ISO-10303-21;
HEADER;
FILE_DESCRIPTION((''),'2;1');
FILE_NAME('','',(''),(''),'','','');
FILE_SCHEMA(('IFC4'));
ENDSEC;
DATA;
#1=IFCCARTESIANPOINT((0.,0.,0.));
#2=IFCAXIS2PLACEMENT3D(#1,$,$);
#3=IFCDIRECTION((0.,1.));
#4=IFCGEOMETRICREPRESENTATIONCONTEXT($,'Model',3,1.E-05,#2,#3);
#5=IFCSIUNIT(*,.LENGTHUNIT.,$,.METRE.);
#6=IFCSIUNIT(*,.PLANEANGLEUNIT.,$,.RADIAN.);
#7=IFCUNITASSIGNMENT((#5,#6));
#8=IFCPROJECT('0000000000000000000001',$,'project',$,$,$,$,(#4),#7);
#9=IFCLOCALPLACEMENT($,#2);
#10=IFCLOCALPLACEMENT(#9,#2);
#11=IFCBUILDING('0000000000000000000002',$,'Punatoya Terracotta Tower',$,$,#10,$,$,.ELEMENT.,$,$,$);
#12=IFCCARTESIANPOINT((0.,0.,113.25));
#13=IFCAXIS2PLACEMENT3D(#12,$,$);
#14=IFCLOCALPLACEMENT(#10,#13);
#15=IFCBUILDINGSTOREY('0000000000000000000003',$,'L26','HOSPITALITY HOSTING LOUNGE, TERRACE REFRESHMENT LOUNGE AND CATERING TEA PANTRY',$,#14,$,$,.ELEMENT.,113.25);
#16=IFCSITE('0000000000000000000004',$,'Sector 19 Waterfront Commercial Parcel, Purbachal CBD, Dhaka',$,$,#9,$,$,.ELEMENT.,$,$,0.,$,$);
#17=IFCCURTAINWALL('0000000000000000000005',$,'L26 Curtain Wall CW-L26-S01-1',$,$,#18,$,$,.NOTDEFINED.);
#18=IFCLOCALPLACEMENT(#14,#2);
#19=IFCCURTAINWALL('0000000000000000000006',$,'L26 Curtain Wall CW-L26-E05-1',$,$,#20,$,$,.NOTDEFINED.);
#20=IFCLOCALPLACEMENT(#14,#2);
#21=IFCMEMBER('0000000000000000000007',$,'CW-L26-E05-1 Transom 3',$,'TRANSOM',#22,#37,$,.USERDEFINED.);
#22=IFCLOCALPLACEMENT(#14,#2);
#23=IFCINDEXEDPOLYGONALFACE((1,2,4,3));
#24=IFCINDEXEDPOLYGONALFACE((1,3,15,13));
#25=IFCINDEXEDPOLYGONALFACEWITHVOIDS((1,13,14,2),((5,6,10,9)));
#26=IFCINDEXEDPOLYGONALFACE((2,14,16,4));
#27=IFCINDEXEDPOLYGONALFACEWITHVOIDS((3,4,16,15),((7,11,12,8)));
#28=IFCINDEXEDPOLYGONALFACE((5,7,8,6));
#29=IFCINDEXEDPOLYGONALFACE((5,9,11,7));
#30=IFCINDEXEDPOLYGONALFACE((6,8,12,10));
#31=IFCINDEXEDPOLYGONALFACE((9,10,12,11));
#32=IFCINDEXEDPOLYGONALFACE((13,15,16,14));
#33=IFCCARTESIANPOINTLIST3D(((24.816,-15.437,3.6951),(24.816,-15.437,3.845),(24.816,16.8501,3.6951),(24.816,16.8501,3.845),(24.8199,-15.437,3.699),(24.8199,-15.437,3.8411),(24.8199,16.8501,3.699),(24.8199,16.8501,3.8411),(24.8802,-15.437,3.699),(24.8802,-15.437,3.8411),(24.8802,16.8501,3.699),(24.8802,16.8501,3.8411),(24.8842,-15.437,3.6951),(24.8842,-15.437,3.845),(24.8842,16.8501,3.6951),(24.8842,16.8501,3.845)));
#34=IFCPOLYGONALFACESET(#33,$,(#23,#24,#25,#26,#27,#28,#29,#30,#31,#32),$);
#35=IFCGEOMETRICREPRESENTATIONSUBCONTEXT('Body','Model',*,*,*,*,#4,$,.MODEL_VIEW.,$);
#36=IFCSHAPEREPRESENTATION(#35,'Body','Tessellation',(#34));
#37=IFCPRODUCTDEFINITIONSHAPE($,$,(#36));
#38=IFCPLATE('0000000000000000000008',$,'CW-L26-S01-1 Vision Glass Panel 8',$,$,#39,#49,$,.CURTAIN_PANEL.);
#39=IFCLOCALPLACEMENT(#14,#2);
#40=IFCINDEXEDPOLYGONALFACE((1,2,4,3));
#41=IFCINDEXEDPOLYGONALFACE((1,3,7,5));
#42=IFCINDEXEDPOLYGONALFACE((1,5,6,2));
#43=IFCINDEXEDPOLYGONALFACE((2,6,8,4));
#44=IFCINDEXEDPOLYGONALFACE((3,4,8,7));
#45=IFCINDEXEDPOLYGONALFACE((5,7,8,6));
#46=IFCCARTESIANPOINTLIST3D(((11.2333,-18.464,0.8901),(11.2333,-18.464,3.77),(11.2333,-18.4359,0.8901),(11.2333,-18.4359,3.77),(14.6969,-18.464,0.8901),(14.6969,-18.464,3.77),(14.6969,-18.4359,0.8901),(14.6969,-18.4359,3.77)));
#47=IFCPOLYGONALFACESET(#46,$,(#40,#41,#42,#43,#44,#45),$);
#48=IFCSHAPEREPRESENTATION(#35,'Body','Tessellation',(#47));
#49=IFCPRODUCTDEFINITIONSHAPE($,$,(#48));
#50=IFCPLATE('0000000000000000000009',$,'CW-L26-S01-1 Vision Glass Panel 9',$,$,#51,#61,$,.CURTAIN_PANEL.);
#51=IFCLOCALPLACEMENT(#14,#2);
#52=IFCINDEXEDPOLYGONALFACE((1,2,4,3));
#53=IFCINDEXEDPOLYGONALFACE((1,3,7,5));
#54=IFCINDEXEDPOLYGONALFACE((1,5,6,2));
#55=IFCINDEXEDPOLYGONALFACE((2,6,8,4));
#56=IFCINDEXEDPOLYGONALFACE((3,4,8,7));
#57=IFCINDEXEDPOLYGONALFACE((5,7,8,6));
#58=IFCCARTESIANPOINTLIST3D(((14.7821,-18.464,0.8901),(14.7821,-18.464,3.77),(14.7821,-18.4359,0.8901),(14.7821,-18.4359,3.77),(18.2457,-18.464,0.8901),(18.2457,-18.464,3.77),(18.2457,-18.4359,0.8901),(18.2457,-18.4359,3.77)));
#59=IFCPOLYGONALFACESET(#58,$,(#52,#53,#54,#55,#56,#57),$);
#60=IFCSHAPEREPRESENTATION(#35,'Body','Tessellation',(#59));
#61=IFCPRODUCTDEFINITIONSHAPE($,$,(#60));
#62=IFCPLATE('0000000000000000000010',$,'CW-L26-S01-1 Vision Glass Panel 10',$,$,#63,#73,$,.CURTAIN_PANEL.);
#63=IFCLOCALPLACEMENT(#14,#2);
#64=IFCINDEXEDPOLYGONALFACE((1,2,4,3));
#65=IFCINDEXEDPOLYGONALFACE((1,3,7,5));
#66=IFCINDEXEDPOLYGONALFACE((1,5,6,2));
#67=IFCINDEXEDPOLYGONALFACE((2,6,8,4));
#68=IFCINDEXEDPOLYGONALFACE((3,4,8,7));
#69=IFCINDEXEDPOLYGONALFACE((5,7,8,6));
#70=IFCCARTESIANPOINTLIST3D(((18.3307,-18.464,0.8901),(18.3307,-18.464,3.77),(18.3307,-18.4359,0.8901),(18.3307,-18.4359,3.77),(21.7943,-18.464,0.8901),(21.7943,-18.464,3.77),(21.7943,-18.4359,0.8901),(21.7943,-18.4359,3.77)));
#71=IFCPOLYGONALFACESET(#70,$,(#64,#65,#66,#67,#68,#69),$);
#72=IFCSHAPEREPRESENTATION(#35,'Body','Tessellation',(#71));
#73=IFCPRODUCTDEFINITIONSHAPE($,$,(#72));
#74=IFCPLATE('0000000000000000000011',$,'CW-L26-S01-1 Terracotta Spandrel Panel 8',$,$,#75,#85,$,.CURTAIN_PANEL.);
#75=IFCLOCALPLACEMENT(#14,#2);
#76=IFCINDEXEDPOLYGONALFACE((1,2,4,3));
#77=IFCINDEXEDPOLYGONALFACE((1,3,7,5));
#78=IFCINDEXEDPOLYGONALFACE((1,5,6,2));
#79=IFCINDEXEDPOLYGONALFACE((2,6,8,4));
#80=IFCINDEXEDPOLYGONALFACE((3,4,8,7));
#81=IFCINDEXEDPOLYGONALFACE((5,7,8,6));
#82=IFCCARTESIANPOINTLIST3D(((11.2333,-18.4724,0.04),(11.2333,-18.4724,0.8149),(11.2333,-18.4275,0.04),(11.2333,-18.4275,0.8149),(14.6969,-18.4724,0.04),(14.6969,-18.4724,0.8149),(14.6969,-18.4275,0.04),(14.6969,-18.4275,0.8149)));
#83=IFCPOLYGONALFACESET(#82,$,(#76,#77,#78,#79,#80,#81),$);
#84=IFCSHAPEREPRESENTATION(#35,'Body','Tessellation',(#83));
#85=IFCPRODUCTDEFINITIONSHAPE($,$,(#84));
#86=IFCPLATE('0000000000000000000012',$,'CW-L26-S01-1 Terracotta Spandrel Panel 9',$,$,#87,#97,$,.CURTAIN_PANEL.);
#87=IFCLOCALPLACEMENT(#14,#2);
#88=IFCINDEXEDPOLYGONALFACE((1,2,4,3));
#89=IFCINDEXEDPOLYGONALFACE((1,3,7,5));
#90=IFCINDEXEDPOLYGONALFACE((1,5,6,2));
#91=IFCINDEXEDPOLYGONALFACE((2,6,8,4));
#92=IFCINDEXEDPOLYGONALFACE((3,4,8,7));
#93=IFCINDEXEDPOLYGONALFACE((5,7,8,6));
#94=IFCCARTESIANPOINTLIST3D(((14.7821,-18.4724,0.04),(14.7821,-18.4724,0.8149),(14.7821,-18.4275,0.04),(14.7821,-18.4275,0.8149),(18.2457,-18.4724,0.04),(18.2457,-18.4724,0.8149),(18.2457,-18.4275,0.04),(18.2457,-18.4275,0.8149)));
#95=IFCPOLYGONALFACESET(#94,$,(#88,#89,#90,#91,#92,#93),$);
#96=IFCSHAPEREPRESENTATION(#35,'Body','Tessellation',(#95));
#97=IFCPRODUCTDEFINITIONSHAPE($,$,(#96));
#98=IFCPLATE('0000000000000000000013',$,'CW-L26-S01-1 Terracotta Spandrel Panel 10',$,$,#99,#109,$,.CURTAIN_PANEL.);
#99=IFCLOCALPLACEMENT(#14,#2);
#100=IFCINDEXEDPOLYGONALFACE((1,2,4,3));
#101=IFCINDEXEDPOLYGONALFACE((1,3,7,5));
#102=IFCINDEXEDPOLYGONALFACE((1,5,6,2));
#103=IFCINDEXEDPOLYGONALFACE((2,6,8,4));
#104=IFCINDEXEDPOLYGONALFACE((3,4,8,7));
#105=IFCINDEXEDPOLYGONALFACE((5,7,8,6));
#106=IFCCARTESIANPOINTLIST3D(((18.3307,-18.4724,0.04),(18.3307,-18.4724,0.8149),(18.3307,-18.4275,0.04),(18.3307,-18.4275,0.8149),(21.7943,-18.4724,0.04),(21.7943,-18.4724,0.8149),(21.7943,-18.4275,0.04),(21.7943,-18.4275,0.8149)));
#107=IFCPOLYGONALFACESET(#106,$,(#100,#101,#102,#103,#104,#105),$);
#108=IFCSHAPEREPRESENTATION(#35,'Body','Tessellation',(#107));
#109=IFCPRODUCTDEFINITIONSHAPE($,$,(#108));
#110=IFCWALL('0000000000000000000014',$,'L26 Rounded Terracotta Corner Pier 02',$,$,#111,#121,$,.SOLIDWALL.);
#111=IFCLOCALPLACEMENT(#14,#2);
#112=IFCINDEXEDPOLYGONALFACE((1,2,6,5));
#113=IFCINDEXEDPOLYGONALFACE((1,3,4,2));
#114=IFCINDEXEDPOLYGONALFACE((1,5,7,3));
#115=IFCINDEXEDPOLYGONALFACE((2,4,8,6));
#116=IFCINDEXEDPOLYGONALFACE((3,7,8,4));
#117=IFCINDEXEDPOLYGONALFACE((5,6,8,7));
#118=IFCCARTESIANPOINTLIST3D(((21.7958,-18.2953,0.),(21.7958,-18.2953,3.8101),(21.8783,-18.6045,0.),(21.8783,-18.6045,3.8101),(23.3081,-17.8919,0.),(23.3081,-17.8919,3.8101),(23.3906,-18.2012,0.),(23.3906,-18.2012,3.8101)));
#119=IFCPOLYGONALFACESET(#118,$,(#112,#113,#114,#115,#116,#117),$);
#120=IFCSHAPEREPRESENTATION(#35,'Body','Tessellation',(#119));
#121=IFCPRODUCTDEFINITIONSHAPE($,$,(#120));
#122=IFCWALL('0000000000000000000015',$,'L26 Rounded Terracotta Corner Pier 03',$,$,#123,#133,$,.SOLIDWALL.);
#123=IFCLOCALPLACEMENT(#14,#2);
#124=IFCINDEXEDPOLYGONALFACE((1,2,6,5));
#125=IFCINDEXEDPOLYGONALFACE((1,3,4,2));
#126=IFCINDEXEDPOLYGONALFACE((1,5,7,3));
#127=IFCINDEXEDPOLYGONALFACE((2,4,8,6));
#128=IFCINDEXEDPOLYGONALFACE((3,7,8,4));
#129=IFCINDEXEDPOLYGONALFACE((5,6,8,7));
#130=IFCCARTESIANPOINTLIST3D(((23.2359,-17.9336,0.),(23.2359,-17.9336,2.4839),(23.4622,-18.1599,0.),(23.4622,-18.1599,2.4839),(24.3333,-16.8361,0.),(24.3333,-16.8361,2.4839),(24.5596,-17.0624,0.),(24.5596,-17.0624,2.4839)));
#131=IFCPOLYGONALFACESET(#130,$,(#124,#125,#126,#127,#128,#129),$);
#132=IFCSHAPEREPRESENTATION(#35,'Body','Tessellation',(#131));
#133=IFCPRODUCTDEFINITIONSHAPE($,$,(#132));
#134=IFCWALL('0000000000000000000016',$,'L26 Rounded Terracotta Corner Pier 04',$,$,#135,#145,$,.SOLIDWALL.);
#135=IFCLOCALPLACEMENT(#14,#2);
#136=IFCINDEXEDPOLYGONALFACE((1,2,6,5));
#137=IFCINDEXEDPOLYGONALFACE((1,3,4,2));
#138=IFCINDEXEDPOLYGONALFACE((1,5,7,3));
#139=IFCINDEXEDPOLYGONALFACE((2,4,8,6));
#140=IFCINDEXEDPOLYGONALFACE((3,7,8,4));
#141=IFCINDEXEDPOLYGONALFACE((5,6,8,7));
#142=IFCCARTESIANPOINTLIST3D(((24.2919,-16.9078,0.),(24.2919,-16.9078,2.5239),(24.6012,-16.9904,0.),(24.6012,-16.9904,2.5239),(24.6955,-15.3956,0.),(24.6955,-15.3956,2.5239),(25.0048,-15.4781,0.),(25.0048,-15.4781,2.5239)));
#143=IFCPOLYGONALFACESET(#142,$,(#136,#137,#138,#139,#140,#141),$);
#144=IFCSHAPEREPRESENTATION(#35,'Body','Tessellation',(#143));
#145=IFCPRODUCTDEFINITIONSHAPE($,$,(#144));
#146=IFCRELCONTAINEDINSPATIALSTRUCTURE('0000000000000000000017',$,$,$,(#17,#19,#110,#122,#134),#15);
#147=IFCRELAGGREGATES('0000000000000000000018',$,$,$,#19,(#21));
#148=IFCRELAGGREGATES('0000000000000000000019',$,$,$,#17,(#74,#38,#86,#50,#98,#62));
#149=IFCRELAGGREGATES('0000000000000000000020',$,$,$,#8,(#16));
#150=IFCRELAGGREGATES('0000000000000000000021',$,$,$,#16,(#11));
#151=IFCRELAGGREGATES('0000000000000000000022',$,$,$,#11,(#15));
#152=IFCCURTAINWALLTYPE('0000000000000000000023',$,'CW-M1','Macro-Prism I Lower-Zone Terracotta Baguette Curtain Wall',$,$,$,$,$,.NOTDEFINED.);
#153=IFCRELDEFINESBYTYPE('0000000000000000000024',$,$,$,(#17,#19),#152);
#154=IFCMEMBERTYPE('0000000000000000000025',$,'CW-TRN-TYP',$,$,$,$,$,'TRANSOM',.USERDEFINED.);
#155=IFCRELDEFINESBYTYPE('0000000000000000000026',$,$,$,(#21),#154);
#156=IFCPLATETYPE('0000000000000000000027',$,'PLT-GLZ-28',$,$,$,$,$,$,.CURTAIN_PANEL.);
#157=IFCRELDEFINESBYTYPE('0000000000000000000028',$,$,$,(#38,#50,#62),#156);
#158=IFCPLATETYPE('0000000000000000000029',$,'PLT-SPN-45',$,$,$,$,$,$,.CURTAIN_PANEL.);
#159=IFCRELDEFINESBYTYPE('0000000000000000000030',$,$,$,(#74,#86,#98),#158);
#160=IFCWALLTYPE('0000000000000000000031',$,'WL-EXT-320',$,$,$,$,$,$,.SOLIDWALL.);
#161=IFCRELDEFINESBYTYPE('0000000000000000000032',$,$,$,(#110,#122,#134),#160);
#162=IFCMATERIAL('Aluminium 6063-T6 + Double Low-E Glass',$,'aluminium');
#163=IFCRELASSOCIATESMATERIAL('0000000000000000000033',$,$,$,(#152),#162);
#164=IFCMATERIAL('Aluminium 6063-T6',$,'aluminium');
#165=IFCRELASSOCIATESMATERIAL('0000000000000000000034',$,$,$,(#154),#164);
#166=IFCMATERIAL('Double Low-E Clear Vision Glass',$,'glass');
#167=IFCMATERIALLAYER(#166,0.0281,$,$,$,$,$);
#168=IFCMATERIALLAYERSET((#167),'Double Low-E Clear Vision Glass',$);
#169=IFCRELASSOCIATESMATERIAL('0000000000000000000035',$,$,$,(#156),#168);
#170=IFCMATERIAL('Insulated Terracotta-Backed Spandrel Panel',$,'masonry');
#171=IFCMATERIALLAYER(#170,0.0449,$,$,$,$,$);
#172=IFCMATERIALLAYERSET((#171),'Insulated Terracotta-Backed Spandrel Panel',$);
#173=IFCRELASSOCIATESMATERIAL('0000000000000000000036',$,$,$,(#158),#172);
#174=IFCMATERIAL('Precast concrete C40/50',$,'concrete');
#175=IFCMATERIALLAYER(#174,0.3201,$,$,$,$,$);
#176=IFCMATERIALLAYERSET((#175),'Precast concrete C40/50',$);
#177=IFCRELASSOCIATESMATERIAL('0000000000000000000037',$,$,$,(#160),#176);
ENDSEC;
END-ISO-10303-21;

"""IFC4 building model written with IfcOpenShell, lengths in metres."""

from ifc_helpers import new_model, si_unit, direction, frame, frame_2d, origin, origin_2d, place, context, subcontext, project, spatial, rectangle, hollow_rectangle, extrude, material, layer, layer_set, material_profile, profile_set, type_object, element, aggregate, save


model = new_model("IFC4")

# Units and contexts
model_context = context("Model", 3, precision=1e-05, world=origin(), true_north=direction((0.0, 1.0)))
body_context = subcontext(model_context, "Body", "Model", "MODEL_VIEW")
ifc_project = project(units=[si_unit("LENGTHUNIT", "METRE"), si_unit("PLANEANGLEUNIT", "RADIAN")], contexts=[model_context])

# Site, building, storey
site_placement = place(None, origin())
site = spatial("IfcSite", under=ifc_project, at=site_placement, Name="Sector 19 Waterfront Commercial Parcel, Purbachal CBD, Dhaka", CompositionType="ELEMENT", RefElevation=0.0)
building_placement = place(site_placement, origin())
building = spatial("IfcBuilding", under=site, at=building_placement, Name="Punatoya Terracotta Tower", CompositionType="ELEMENT")
storey_placement = place(building_placement, frame((0.0, 0.0, 113.25)))
storey = spatial("IfcBuildingStorey", under=building, at=storey_placement, Name="L26", Description="HOSPITALITY HOSTING LOUNGE, TERRACE REFRESHMENT LOUNGE AND CATERING TEA PANTRY", CompositionType="ELEMENT", Elevation=113.25)

# Curtain walls, member
ifc_material_1 = material(Name="Aluminium 6063-T6 + Double Low-E Glass", Category="aluminium")
curtain_wall_type = type_object("IfcCurtainWallType", Name="CW-M1", Description="Macro-Prism I Lower-Zone Terracotta Baguette Curtain Wall", PredefinedType="NOTDEFINED", material=ifc_material_1)
curtain_wall_1_placement = place(storey_placement, origin())
curtain_wall_1 = element("IfcCurtainWall", 1, at=curtain_wall_1_placement, inside=storey, type_object=curtain_wall_type, Name="L26 Curtain Wall CW-L26-S01-1", PredefinedType="NOTDEFINED")
ifc_material_2 = material(Name="Aluminium 6063-T6", Category="aluminium")
curtain_wall_2_placement = place(storey_placement, origin())
curtain_wall_2 = element("IfcCurtainWall", 2, at=curtain_wall_2_placement, inside=storey, type_object=curtain_wall_type, Name="L26 Curtain Wall CW-L26-E05-1", PredefinedType="NOTDEFINED")
ifc_material_profile_1 = material_profile(ifc_material_2, hollow_rectangle(XDim=0.0681, YDim=0.1499, WallThickness=0.0039, at=origin_2d()))
ifc_profile_set_1 = profile_set([ifc_material_profile_1], Name="Aluminium 6063-T6")
member_type_1 = type_object("IfcMemberType", Name="CW-TRN-TYP", ElementType="TRANSOM", PredefinedType="USERDEFINED", material=ifc_profile_set_1)
member_1_placement = place(storey_placement, frame((24.8501, -15.437, 3.77), z_axis=(0.0, 1.0, 0.0), x_axis=(-1.0, 0.0, 0.0)))
member_1 = element("IfcMember", 3, at=member_1_placement, type_object=member_type_1, Name="CW-L26-E05-1 Transom 3", ObjectType="TRANSOM", PredefinedType="USERDEFINED", context=body_context, shape_type="SweptSolid", body=[
    extrude(hollow_rectangle(XDim=0.0681, YDim=0.1499, WallThickness=0.0039, at=origin_2d()), origin(), (0.0, 0.0, 1.0), 32.2871),
])
aggregate(curtain_wall_2, [member_1])

# Plates
ifc_material_3 = material(Name="Double Low-E Clear Vision Glass", Category="glass")
ifc_layer_1 = layer(ifc_material_3, 0.0281)
ifc_layer_set_1 = layer_set([ifc_layer_1], Name="Double Low-E Clear Vision Glass")
plate_type_1 = type_object("IfcPlateType", Name="PLT-GLZ-28", PredefinedType="CURTAIN_PANEL", material=ifc_layer_set_1)
plate_1_placement = place(storey_placement, frame((12.9651, -18.45, 0.8901), z_axis=(0.0, 0.0, 1.0), x_axis=(1.0, 0.0, 0.0)))
plate_1 = element("IfcPlate", 4, at=plate_1_placement, type_object=plate_type_1, Name="CW-L26-S01-1 Vision Glass Panel 8", PredefinedType="CURTAIN_PANEL", context=body_context, shape_type="SweptSolid", body=[
    extrude(rectangle(XDim=3.4636, YDim=0.0281, at=origin_2d()), origin(), (0.0, 0.0, 1.0), 2.8799),
])
plate_2_placement = place(storey_placement, frame((16.5139, -18.45, 0.8901), z_axis=(0.0, 0.0, 1.0), x_axis=(1.0, 0.0, 0.0)))
plate_2 = element("IfcPlate", 5, at=plate_2_placement, type_object=plate_type_1, Name="CW-L26-S01-1 Vision Glass Panel 9", PredefinedType="CURTAIN_PANEL", context=body_context, shape_type="SweptSolid", body=[
    extrude(rectangle(XDim=3.4636, YDim=0.0281, at=origin_2d()), origin(), (0.0, 0.0, 1.0), 2.8799),
])
plate_3_placement = place(storey_placement, frame((20.0625, -18.45, 0.8901), z_axis=(0.0, 0.0, 1.0), x_axis=(1.0, 0.0, 0.0)))
plate_3 = element("IfcPlate", 6, at=plate_3_placement, type_object=plate_type_1, Name="CW-L26-S01-1 Vision Glass Panel 10", PredefinedType="CURTAIN_PANEL", context=body_context, shape_type="SweptSolid", body=[
    extrude(rectangle(XDim=3.4636, YDim=0.0281, at=origin_2d()), origin(), (0.0, 0.0, 1.0), 2.8799),
])
ifc_material_4 = material(Name="Insulated Terracotta-Backed Spandrel Panel", Category="masonry")
ifc_layer_2 = layer(ifc_material_4, 0.0449)
ifc_layer_set_2 = layer_set([ifc_layer_2], Name="Insulated Terracotta-Backed Spandrel Panel")
plate_type_2 = type_object("IfcPlateType", Name="PLT-SPN-45", PredefinedType="CURTAIN_PANEL", material=ifc_layer_set_2)
plate_4_placement = place(storey_placement, frame((12.9651, -18.45, 0.04), z_axis=(0.0, 0.0, 1.0), x_axis=(1.0, 0.0, 0.0)))
plate_4 = element("IfcPlate", 7, at=plate_4_placement, type_object=plate_type_2, Name="CW-L26-S01-1 Terracotta Spandrel Panel 8", PredefinedType="CURTAIN_PANEL", context=body_context, shape_type="SweptSolid", body=[
    extrude(rectangle(XDim=3.4636, YDim=0.0449, at=origin_2d()), origin(), (0.0, 0.0, 1.0), 0.7749),
])
plate_5_placement = place(storey_placement, frame((16.5139, -18.45, 0.04), z_axis=(0.0, 0.0, 1.0), x_axis=(1.0, 0.0, 0.0)))
plate_5 = element("IfcPlate", 8, at=plate_5_placement, type_object=plate_type_2, Name="CW-L26-S01-1 Terracotta Spandrel Panel 9", PredefinedType="CURTAIN_PANEL", context=body_context, shape_type="SweptSolid", body=[
    extrude(rectangle(XDim=3.4636, YDim=0.0449, at=origin_2d()), origin(), (0.0, 0.0, 1.0), 0.7749),
])
plate_6_placement = place(storey_placement, frame((20.0625, -18.45, 0.04), z_axis=(0.0, 0.0, 1.0), x_axis=(1.0, 0.0, 0.0)))
plate_6 = element("IfcPlate", 9, at=plate_6_placement, type_object=plate_type_2, Name="CW-L26-S01-1 Terracotta Spandrel Panel 10", PredefinedType="CURTAIN_PANEL", context=body_context, shape_type="SweptSolid", body=[
    extrude(rectangle(XDim=3.4636, YDim=0.0449, at=origin_2d()), origin(), (0.0, 0.0, 1.0), 0.7749),
])
aggregate(curtain_wall_1, [plate_4, plate_1, plate_5, plate_2, plate_6, plate_3])

# Walls
ifc_material_5 = material(Name="Precast concrete C40/50", Category="concrete")
ifc_layer_3 = layer(ifc_material_5, 0.3201)
ifc_layer_set_3 = layer_set([ifc_layer_3], Name="Precast concrete C40/50")
wall_type = type_object("IfcWallType", Name="WL-EXT-320", PredefinedType="SOLIDWALL", material=ifc_layer_set_3)
wall_1_placement = place(storey_placement, frame((21.8369, -18.45, 0.0), z_axis=(0.0, 0.0, 1.0), x_axis=(0.966225, 0.257701, 0.0)))
element("IfcWall", 10, at=wall_1_placement, inside=storey, type_object=wall_type, Name="L26 Rounded Terracotta Corner Pier 02", PredefinedType="SOLIDWALL", context=body_context, shape_type="SweptSolid", body=[
    extrude(rectangle(XDim=1.5652, YDim=0.3201, at=frame_2d((0.7827, 0.0))), origin(), (0.0, 0.0, 1.0), 3.8101),
])
wall_2_placement = place(storey_placement, frame((23.3491, -18.0466, 0.0), z_axis=(0.0, 0.0, 1.0), x_axis=(0.707107, 0.707107, 0.0)))
element("IfcWall", 11, at=wall_2_placement, inside=storey, type_object=wall_type, Name="L26 Rounded Terracotta Corner Pier 03", PredefinedType="SOLIDWALL", context=body_context, shape_type="SweptSolid", body=[
    extrude(rectangle(XDim=1.552, YDim=0.3201, at=frame_2d((0.7759, 0.0))), origin(), (0.0, 0.0, 1.0), 2.4839),
])
wall_3_placement = place(storey_placement, frame((24.4465, -16.9492, 0.0), z_axis=(0.0, 0.0, 1.0), x_axis=(0.257847, 0.966186, 0.0)))
element("IfcWall", 12, at=wall_3_placement, inside=storey, type_object=wall_type, Name="L26 Rounded Terracotta Corner Pier 04", PredefinedType="SOLIDWALL", context=body_context, shape_type="SweptSolid", body=[
    extrude(rectangle(XDim=1.5652, YDim=0.3201, at=frame_2d((0.7827, 0.0))), origin(), (0.0, 0.0, 1.0), 2.5239),
])

save(model, "model.ifc")
